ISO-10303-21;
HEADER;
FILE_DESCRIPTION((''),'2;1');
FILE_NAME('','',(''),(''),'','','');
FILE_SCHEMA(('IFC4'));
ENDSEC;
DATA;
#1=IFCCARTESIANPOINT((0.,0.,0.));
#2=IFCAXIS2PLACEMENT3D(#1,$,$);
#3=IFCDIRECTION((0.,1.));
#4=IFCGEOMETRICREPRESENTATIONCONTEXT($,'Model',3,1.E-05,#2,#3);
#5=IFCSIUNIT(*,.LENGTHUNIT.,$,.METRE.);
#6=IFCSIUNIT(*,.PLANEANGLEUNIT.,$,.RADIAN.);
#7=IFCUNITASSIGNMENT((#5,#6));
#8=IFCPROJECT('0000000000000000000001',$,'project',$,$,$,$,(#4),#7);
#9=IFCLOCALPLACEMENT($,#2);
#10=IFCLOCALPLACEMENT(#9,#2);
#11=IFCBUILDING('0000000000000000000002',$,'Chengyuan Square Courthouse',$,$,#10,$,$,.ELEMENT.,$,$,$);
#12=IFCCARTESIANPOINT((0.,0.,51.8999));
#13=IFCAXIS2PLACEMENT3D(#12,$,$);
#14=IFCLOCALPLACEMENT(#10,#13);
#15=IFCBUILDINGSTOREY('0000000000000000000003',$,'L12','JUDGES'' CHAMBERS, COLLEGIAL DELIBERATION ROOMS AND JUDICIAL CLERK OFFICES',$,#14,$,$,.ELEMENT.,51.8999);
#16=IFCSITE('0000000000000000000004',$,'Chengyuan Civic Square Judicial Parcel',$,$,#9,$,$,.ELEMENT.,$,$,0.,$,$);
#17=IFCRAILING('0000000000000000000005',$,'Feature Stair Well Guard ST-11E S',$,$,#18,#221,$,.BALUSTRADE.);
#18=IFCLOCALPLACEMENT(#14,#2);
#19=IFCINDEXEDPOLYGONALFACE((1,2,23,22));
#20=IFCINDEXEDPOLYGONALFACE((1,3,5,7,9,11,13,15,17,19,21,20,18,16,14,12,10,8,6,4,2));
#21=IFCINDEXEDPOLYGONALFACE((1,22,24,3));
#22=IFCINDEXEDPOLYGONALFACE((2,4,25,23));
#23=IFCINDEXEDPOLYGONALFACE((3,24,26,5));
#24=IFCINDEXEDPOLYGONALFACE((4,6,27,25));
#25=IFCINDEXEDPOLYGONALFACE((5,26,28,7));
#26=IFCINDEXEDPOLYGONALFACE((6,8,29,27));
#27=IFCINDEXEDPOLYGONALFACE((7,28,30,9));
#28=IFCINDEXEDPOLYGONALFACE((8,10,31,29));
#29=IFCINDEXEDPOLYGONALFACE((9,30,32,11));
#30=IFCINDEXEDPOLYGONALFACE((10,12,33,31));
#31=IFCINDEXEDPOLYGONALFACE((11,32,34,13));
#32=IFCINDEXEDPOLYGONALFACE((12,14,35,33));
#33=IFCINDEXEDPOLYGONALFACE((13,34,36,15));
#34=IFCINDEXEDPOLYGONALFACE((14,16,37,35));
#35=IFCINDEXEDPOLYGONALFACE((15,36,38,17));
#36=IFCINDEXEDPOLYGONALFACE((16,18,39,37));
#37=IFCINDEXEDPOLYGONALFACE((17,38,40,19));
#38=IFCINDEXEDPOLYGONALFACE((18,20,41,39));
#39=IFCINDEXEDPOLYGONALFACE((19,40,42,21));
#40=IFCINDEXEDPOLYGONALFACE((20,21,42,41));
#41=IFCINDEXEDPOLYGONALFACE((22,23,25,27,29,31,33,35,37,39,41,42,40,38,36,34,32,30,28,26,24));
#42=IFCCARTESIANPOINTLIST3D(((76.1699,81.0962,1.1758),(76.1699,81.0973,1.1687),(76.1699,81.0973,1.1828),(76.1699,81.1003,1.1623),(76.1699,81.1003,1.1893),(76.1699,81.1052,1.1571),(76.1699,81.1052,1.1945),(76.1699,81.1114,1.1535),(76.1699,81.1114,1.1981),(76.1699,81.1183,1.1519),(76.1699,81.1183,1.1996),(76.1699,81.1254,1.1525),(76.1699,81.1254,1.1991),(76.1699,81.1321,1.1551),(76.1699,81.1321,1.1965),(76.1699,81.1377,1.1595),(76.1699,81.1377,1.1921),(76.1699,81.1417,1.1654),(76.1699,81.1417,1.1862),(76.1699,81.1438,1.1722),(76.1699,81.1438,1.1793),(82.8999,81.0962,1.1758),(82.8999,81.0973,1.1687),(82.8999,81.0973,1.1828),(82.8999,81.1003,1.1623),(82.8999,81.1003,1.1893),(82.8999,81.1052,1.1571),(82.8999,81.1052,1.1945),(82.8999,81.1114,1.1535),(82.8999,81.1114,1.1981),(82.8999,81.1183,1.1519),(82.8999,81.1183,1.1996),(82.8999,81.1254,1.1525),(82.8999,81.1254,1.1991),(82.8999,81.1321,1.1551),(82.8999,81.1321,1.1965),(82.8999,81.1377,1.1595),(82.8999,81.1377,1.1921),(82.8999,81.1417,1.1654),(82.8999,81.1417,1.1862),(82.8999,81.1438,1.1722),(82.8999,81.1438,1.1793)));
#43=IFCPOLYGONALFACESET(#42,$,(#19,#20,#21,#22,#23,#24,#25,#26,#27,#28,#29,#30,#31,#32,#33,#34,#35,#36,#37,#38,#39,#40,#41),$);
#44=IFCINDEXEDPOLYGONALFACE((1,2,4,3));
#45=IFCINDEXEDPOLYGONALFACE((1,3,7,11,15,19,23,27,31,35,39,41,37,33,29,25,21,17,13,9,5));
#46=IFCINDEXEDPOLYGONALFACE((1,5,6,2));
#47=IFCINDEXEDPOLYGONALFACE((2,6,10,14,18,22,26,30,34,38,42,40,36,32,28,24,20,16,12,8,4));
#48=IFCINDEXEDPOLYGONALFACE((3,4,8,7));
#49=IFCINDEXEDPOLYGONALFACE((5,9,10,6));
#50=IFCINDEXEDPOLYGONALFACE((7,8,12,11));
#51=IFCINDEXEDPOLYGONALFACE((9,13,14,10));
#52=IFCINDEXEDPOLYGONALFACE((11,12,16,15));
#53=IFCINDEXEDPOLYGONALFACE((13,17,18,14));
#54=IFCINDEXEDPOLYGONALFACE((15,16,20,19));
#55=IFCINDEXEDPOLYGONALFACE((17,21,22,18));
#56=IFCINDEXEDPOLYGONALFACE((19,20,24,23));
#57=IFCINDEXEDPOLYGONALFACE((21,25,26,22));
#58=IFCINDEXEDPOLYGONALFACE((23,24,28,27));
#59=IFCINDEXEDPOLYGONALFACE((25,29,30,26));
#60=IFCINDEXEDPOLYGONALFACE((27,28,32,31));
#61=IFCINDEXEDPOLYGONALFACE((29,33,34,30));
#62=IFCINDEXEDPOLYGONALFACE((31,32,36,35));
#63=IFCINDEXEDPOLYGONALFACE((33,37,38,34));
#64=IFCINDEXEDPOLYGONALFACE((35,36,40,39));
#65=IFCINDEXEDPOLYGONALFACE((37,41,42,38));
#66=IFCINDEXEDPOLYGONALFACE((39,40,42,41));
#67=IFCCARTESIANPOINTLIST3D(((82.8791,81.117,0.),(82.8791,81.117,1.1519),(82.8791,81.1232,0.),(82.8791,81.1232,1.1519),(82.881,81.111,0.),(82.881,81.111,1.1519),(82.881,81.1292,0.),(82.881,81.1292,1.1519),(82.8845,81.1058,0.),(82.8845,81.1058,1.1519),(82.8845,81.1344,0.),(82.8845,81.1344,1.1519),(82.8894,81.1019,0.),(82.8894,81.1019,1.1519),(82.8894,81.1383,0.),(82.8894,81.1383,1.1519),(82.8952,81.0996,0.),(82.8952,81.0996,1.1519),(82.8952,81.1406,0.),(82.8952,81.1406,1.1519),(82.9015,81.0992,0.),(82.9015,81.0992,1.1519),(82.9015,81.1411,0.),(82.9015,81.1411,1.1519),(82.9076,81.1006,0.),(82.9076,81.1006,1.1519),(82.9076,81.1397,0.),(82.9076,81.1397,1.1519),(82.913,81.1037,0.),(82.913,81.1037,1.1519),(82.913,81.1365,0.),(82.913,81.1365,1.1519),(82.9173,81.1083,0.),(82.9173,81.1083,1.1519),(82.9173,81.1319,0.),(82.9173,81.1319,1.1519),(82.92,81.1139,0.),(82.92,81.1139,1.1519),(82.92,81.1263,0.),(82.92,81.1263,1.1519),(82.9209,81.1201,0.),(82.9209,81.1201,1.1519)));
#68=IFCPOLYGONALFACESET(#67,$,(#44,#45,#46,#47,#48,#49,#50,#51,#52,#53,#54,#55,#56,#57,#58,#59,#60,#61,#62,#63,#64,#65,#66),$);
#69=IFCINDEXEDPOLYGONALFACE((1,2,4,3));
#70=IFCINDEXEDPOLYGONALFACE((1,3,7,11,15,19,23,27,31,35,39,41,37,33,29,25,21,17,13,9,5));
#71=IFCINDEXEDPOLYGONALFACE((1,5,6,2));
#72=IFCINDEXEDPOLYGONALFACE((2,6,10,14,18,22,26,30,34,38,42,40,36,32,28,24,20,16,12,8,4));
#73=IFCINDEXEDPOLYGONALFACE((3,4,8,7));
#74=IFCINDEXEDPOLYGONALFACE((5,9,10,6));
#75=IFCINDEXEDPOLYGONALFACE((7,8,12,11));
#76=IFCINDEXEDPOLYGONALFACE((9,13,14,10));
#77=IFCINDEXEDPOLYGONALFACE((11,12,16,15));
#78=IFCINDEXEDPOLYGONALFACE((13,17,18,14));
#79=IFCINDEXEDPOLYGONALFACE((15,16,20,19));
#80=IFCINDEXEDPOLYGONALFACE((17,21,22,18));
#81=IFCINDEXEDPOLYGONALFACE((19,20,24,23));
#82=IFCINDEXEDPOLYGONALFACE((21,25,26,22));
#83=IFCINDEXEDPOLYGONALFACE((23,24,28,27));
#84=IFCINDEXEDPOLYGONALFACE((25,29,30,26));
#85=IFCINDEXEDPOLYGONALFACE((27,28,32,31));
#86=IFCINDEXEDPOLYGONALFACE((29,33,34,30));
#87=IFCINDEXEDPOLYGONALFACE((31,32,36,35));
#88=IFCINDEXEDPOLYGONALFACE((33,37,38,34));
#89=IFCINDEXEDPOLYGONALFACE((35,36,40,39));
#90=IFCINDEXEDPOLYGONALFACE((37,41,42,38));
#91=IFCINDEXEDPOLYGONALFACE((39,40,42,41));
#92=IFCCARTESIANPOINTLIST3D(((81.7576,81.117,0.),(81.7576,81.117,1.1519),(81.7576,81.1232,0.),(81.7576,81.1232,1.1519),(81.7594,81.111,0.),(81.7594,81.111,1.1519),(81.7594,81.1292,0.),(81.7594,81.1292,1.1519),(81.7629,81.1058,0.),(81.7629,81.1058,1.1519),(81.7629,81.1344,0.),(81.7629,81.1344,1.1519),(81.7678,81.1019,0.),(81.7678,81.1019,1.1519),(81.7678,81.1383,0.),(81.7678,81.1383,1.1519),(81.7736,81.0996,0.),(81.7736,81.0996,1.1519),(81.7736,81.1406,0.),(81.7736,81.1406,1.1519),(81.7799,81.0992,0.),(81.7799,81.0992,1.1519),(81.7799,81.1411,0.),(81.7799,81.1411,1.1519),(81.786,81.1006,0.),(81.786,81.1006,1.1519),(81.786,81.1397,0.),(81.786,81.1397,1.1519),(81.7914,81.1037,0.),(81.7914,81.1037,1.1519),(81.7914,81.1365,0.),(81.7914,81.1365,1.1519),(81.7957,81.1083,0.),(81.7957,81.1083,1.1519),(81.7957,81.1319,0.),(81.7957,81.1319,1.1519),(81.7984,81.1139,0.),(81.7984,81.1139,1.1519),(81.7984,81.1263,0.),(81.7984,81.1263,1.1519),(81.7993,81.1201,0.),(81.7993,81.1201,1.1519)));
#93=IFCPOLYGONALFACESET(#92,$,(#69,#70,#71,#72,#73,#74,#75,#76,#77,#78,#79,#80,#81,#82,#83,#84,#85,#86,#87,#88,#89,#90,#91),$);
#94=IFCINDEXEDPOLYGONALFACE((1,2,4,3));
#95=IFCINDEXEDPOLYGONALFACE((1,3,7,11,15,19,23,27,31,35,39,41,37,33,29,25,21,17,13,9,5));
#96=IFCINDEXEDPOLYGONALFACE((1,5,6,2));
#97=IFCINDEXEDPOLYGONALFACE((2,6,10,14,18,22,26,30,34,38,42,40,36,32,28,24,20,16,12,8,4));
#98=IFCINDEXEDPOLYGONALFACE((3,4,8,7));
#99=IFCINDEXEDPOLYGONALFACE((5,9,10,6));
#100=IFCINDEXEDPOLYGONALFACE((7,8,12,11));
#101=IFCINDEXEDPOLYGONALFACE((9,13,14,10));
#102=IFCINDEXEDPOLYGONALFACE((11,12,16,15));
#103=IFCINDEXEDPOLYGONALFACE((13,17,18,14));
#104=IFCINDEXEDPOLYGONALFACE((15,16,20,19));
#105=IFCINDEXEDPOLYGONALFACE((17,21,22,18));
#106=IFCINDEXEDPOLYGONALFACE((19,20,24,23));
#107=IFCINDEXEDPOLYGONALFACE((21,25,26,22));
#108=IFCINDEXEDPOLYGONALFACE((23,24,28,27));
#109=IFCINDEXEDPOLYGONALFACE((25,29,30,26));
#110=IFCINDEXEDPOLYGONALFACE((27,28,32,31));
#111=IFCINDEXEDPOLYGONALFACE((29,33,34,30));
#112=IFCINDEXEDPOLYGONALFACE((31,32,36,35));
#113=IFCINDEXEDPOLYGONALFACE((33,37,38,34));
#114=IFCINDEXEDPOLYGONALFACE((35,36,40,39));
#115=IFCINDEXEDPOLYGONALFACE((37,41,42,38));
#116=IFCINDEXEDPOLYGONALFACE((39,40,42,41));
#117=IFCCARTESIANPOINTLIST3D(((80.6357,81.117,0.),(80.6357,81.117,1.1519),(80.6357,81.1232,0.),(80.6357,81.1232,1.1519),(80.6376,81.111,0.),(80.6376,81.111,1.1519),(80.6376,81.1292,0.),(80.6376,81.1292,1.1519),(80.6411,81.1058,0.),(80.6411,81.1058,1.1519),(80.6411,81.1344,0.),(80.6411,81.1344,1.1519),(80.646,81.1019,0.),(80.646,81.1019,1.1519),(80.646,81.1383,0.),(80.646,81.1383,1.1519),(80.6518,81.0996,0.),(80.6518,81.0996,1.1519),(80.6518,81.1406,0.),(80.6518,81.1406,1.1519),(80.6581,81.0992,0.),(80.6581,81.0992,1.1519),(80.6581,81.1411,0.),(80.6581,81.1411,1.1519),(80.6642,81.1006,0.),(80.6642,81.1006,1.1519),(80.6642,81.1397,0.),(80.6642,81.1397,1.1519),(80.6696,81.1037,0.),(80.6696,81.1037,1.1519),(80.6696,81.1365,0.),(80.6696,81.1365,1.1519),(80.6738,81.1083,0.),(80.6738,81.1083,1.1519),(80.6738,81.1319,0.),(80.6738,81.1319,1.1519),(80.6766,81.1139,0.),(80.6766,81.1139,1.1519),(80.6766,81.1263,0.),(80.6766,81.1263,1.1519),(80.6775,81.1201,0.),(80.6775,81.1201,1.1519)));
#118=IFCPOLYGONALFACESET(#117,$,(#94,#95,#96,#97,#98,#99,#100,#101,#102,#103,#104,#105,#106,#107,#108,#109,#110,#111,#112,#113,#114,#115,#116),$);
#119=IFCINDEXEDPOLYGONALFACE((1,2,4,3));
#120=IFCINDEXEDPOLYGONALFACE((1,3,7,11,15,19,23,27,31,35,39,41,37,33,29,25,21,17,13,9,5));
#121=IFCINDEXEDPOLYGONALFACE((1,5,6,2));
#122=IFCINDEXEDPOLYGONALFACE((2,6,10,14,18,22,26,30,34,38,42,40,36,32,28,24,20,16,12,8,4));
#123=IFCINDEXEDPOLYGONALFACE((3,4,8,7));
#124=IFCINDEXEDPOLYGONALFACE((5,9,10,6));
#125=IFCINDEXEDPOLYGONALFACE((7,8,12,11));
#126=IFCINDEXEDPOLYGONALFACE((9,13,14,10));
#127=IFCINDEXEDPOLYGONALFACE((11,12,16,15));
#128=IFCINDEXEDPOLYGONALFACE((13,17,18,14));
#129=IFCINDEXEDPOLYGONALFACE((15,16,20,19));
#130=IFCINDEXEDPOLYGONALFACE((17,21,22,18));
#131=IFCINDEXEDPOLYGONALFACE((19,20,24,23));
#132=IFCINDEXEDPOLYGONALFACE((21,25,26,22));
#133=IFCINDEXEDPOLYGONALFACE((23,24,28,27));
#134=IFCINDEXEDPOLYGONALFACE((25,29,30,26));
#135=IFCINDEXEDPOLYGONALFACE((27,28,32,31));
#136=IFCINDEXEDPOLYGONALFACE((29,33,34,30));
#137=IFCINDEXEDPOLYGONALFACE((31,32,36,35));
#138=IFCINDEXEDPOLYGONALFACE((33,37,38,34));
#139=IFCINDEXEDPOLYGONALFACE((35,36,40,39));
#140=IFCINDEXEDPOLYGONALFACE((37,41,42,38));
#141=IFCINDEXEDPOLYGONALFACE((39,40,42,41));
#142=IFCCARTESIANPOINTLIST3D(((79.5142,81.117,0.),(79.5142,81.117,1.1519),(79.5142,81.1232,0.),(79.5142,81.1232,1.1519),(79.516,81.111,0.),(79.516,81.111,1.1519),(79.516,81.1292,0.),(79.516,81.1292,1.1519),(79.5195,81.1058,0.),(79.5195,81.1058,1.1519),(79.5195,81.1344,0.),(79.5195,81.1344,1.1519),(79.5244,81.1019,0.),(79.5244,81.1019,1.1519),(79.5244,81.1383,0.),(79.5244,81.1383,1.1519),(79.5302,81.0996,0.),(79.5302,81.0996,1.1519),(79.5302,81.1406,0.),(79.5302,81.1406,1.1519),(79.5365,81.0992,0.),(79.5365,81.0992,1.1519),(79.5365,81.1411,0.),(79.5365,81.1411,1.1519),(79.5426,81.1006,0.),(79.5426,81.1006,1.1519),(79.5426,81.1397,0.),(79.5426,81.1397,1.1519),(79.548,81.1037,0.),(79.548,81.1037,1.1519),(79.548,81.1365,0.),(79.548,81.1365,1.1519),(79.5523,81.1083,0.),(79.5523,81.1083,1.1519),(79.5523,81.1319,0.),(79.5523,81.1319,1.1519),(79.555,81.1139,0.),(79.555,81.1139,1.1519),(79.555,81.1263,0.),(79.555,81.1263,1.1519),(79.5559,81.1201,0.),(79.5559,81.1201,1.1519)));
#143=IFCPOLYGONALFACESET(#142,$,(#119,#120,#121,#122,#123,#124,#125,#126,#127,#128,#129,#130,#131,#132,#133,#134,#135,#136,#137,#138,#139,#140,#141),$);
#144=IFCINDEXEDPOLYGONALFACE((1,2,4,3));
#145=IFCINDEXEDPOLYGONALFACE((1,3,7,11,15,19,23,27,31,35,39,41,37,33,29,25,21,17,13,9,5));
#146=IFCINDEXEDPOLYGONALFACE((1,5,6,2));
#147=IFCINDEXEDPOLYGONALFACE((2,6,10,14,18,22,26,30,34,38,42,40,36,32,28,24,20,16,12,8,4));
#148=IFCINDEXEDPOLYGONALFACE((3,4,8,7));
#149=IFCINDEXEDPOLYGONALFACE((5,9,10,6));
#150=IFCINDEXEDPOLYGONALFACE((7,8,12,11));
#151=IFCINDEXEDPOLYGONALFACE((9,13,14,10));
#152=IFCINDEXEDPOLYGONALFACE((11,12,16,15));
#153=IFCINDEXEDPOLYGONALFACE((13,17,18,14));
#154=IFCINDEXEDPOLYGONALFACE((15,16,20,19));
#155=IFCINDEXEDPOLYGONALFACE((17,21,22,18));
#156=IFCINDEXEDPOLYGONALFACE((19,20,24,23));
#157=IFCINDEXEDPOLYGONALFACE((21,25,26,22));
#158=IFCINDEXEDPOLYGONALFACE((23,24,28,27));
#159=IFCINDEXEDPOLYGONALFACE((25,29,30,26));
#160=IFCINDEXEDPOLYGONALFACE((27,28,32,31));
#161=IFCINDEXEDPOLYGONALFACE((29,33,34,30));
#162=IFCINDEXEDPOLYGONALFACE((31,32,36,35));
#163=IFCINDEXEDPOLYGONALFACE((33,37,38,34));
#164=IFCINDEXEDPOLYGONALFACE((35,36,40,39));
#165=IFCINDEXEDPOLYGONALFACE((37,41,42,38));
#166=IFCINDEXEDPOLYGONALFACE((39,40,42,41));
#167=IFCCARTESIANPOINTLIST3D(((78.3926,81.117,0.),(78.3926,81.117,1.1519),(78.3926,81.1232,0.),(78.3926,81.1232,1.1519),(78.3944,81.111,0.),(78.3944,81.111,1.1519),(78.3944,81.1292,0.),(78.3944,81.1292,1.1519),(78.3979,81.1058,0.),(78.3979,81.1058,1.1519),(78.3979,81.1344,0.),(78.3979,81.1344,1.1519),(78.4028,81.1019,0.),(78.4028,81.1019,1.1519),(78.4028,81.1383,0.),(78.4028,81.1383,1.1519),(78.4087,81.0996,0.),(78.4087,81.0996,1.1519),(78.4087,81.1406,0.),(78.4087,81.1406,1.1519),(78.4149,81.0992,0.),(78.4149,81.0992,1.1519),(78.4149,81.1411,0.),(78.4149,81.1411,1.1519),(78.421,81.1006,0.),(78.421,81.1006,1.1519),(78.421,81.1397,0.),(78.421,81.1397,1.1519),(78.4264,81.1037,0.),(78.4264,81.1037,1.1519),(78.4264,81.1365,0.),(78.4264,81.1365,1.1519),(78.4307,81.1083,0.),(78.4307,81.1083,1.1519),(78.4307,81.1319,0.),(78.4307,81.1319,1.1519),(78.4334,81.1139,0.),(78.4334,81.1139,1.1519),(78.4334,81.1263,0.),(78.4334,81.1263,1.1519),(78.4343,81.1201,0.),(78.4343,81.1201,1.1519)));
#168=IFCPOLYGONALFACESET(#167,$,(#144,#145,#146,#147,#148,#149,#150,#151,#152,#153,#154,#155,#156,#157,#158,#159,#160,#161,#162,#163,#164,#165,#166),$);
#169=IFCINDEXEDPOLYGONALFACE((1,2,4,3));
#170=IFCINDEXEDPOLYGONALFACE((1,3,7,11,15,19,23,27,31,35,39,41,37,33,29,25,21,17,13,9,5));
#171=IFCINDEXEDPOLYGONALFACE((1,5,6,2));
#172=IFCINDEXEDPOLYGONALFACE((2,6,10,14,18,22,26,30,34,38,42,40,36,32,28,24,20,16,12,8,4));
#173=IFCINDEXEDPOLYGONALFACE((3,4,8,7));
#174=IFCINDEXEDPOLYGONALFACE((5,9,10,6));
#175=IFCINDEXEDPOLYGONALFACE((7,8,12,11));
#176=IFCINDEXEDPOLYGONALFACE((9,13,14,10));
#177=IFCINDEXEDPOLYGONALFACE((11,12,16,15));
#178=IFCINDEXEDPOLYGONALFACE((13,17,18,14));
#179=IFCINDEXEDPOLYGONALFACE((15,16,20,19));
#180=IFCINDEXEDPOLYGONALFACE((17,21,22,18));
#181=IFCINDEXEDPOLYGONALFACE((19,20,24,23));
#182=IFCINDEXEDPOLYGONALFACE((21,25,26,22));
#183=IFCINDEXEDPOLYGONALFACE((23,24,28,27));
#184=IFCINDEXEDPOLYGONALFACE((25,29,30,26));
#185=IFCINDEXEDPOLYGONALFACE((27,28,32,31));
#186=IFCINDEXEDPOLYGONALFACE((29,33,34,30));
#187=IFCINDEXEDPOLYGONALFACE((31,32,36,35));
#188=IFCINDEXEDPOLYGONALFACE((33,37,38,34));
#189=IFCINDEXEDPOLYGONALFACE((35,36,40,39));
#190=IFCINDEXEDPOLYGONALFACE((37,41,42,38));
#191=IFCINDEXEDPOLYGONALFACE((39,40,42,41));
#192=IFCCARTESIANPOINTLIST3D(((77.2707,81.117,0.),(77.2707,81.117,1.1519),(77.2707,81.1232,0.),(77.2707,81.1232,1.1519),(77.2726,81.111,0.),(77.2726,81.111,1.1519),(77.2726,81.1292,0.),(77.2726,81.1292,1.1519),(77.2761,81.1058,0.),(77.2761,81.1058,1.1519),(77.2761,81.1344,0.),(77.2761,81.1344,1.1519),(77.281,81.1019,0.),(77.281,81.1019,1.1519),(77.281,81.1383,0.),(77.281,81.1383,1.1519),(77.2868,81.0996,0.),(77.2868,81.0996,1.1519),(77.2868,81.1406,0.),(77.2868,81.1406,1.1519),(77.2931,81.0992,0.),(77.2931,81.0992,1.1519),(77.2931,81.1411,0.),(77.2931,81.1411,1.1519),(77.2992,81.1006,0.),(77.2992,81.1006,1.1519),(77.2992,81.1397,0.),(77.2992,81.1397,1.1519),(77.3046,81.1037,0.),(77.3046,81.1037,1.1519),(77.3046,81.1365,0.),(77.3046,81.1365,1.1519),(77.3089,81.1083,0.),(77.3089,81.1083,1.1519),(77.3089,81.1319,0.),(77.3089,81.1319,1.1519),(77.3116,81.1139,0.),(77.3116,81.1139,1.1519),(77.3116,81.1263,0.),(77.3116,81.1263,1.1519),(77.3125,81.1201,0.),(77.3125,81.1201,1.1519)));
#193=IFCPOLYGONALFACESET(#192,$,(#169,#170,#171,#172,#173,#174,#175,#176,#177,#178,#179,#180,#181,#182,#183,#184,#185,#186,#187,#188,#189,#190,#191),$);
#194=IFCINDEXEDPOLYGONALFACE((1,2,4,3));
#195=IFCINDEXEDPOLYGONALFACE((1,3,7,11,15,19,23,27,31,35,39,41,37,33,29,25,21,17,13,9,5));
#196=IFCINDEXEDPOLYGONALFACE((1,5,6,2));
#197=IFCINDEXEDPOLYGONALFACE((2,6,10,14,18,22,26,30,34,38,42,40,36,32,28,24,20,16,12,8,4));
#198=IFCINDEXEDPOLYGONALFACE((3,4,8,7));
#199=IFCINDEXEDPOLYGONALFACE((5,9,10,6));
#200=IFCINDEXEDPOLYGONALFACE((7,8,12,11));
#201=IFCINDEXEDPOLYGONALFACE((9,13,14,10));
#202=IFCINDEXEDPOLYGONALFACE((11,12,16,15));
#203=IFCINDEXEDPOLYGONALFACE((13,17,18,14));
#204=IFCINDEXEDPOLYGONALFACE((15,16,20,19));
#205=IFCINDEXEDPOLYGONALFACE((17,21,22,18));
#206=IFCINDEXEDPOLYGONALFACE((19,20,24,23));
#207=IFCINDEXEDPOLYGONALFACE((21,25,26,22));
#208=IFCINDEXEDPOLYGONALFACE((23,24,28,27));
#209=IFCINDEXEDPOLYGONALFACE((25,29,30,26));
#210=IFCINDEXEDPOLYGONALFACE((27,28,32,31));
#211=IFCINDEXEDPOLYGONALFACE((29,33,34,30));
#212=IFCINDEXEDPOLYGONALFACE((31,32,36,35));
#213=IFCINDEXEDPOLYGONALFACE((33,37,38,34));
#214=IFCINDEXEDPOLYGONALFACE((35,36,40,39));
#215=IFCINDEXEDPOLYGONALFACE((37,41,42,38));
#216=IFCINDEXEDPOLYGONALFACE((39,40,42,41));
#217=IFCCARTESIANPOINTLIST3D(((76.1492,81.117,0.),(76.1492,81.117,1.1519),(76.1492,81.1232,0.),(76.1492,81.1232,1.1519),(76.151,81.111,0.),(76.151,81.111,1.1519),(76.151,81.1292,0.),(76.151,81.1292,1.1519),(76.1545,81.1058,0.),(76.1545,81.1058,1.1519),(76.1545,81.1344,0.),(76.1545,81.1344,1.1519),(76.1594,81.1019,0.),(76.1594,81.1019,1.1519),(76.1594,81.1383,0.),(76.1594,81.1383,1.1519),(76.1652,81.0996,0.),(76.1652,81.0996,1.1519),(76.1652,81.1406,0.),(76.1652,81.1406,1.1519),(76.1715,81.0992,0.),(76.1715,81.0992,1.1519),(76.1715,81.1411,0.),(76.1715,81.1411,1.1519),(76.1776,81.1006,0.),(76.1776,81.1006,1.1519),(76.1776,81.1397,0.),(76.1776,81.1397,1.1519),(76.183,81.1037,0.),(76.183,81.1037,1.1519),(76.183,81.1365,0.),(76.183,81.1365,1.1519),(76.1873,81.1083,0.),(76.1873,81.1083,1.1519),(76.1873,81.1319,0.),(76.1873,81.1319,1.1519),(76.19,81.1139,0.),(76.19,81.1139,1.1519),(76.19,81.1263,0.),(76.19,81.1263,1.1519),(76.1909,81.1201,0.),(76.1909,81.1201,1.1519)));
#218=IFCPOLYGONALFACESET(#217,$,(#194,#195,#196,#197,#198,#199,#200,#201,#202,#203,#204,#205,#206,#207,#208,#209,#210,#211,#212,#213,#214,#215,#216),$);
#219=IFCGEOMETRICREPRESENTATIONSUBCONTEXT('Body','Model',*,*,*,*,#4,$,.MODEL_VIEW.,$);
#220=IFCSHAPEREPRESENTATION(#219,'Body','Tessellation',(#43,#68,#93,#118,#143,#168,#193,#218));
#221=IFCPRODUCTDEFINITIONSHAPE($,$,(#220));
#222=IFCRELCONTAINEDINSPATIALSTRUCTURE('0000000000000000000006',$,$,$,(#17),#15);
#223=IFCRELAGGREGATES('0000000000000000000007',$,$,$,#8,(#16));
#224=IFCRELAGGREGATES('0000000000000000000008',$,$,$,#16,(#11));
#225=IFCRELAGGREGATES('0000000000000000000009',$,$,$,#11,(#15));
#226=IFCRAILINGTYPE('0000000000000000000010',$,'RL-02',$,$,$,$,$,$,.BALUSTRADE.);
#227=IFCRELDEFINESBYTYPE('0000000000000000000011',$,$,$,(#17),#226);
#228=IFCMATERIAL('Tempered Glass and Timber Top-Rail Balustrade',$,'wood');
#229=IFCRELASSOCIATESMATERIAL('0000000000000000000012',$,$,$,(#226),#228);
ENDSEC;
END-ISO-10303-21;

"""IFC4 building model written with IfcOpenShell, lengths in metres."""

from ifc_helpers import new_model, si_unit, direction, frame, origin, origin_2d, place, context, subcontext, project, spatial, circle, extrude, material, type_object, element, save


model = new_model("IFC4")

# Units and contexts
model_context = context("Model", 3, precision=1e-05, world=origin(), true_north=direction((0.0, 1.0)))
body_context = subcontext(model_context, "Body", "Model", "MODEL_VIEW")
ifc_project = project(units=[si_unit("LENGTHUNIT", "METRE"), si_unit("PLANEANGLEUNIT", "RADIAN")], contexts=[model_context])

# Site, building, storey
site_placement = place(None, origin())
site = spatial("IfcSite", under=ifc_project, at=site_placement, Name="Chengyuan Civic Square Judicial Parcel", CompositionType="ELEMENT", RefElevation=0.0)
building_placement = place(site_placement, origin())
building = spatial("IfcBuilding", under=site, at=building_placement, Name="Chengyuan Square Courthouse", CompositionType="ELEMENT")
storey_placement = place(building_placement, frame((0.0, 0.0, 51.8999)))
storey = spatial("IfcBuildingStorey", under=building, at=storey_placement, Name="L12", Description="JUDGES' CHAMBERS, COLLEGIAL DELIBERATION ROOMS AND JUDICIAL CLERK OFFICES", CompositionType="ELEMENT", Elevation=51.8999)

# Railing
ifc_material_1 = material(Name="Tempered Glass and Timber Top-Rail Balustrade", Category="wood")
railing_type = type_object("IfcRailingType", Name="RL-02", PredefinedType="BALUSTRADE", material=ifc_material_1)
railing_1_placement = place(storey_placement, frame((82.8999, 81.1201, 0.0)))
element("IfcRailing", 1, at=railing_1_placement, inside=storey, type_object=railing_type, Name="Feature Stair Well Guard ST-11E S", PredefinedType="BALUSTRADE", context=body_context, shape_type="SweptSolid", body=[
    extrude(circle(Radius=0.0239, at=origin_2d()), frame((0.0, 0.0, 1.1758), z_axis=(-1.0, 0.0, 0.0), x_axis=(0.0, -1.0, 0.0)), (0.0, 0.0, 1.0), 6.73),
    extrude(circle(Radius=0.021, at=origin_2d()), origin(), (0.0, 0.0, 1.0), 1.1519),
    extrude(circle(Radius=0.021, at=origin_2d()), frame((-1.1216, 0.0, 0.0)), (0.0, 0.0, 1.0), 1.1519),
    extrude(circle(Radius=0.021, at=origin_2d()), frame((-2.2434, 0.0, 0.0)), (0.0, 0.0, 1.0), 1.1519),
    extrude(circle(Radius=0.021, at=origin_2d()), frame((-3.365, 0.0, 0.0)), (0.0, 0.0, 1.0), 1.1519),
    extrude(circle(Radius=0.021, at=origin_2d()), frame((-4.4866, 0.0, 0.0)), (0.0, 0.0, 1.0), 1.1519),
    extrude(circle(Radius=0.021, at=origin_2d()), frame((-5.6084, 0.0, 0.0)), (0.0, 0.0, 1.0), 1.1519),
    extrude(circle(Radius=0.021, at=origin_2d()), frame((-6.73, 0.0, 0.0)), (0.0, 0.0, 1.0), 1.1519),
])

save(model, "model.ifc")
